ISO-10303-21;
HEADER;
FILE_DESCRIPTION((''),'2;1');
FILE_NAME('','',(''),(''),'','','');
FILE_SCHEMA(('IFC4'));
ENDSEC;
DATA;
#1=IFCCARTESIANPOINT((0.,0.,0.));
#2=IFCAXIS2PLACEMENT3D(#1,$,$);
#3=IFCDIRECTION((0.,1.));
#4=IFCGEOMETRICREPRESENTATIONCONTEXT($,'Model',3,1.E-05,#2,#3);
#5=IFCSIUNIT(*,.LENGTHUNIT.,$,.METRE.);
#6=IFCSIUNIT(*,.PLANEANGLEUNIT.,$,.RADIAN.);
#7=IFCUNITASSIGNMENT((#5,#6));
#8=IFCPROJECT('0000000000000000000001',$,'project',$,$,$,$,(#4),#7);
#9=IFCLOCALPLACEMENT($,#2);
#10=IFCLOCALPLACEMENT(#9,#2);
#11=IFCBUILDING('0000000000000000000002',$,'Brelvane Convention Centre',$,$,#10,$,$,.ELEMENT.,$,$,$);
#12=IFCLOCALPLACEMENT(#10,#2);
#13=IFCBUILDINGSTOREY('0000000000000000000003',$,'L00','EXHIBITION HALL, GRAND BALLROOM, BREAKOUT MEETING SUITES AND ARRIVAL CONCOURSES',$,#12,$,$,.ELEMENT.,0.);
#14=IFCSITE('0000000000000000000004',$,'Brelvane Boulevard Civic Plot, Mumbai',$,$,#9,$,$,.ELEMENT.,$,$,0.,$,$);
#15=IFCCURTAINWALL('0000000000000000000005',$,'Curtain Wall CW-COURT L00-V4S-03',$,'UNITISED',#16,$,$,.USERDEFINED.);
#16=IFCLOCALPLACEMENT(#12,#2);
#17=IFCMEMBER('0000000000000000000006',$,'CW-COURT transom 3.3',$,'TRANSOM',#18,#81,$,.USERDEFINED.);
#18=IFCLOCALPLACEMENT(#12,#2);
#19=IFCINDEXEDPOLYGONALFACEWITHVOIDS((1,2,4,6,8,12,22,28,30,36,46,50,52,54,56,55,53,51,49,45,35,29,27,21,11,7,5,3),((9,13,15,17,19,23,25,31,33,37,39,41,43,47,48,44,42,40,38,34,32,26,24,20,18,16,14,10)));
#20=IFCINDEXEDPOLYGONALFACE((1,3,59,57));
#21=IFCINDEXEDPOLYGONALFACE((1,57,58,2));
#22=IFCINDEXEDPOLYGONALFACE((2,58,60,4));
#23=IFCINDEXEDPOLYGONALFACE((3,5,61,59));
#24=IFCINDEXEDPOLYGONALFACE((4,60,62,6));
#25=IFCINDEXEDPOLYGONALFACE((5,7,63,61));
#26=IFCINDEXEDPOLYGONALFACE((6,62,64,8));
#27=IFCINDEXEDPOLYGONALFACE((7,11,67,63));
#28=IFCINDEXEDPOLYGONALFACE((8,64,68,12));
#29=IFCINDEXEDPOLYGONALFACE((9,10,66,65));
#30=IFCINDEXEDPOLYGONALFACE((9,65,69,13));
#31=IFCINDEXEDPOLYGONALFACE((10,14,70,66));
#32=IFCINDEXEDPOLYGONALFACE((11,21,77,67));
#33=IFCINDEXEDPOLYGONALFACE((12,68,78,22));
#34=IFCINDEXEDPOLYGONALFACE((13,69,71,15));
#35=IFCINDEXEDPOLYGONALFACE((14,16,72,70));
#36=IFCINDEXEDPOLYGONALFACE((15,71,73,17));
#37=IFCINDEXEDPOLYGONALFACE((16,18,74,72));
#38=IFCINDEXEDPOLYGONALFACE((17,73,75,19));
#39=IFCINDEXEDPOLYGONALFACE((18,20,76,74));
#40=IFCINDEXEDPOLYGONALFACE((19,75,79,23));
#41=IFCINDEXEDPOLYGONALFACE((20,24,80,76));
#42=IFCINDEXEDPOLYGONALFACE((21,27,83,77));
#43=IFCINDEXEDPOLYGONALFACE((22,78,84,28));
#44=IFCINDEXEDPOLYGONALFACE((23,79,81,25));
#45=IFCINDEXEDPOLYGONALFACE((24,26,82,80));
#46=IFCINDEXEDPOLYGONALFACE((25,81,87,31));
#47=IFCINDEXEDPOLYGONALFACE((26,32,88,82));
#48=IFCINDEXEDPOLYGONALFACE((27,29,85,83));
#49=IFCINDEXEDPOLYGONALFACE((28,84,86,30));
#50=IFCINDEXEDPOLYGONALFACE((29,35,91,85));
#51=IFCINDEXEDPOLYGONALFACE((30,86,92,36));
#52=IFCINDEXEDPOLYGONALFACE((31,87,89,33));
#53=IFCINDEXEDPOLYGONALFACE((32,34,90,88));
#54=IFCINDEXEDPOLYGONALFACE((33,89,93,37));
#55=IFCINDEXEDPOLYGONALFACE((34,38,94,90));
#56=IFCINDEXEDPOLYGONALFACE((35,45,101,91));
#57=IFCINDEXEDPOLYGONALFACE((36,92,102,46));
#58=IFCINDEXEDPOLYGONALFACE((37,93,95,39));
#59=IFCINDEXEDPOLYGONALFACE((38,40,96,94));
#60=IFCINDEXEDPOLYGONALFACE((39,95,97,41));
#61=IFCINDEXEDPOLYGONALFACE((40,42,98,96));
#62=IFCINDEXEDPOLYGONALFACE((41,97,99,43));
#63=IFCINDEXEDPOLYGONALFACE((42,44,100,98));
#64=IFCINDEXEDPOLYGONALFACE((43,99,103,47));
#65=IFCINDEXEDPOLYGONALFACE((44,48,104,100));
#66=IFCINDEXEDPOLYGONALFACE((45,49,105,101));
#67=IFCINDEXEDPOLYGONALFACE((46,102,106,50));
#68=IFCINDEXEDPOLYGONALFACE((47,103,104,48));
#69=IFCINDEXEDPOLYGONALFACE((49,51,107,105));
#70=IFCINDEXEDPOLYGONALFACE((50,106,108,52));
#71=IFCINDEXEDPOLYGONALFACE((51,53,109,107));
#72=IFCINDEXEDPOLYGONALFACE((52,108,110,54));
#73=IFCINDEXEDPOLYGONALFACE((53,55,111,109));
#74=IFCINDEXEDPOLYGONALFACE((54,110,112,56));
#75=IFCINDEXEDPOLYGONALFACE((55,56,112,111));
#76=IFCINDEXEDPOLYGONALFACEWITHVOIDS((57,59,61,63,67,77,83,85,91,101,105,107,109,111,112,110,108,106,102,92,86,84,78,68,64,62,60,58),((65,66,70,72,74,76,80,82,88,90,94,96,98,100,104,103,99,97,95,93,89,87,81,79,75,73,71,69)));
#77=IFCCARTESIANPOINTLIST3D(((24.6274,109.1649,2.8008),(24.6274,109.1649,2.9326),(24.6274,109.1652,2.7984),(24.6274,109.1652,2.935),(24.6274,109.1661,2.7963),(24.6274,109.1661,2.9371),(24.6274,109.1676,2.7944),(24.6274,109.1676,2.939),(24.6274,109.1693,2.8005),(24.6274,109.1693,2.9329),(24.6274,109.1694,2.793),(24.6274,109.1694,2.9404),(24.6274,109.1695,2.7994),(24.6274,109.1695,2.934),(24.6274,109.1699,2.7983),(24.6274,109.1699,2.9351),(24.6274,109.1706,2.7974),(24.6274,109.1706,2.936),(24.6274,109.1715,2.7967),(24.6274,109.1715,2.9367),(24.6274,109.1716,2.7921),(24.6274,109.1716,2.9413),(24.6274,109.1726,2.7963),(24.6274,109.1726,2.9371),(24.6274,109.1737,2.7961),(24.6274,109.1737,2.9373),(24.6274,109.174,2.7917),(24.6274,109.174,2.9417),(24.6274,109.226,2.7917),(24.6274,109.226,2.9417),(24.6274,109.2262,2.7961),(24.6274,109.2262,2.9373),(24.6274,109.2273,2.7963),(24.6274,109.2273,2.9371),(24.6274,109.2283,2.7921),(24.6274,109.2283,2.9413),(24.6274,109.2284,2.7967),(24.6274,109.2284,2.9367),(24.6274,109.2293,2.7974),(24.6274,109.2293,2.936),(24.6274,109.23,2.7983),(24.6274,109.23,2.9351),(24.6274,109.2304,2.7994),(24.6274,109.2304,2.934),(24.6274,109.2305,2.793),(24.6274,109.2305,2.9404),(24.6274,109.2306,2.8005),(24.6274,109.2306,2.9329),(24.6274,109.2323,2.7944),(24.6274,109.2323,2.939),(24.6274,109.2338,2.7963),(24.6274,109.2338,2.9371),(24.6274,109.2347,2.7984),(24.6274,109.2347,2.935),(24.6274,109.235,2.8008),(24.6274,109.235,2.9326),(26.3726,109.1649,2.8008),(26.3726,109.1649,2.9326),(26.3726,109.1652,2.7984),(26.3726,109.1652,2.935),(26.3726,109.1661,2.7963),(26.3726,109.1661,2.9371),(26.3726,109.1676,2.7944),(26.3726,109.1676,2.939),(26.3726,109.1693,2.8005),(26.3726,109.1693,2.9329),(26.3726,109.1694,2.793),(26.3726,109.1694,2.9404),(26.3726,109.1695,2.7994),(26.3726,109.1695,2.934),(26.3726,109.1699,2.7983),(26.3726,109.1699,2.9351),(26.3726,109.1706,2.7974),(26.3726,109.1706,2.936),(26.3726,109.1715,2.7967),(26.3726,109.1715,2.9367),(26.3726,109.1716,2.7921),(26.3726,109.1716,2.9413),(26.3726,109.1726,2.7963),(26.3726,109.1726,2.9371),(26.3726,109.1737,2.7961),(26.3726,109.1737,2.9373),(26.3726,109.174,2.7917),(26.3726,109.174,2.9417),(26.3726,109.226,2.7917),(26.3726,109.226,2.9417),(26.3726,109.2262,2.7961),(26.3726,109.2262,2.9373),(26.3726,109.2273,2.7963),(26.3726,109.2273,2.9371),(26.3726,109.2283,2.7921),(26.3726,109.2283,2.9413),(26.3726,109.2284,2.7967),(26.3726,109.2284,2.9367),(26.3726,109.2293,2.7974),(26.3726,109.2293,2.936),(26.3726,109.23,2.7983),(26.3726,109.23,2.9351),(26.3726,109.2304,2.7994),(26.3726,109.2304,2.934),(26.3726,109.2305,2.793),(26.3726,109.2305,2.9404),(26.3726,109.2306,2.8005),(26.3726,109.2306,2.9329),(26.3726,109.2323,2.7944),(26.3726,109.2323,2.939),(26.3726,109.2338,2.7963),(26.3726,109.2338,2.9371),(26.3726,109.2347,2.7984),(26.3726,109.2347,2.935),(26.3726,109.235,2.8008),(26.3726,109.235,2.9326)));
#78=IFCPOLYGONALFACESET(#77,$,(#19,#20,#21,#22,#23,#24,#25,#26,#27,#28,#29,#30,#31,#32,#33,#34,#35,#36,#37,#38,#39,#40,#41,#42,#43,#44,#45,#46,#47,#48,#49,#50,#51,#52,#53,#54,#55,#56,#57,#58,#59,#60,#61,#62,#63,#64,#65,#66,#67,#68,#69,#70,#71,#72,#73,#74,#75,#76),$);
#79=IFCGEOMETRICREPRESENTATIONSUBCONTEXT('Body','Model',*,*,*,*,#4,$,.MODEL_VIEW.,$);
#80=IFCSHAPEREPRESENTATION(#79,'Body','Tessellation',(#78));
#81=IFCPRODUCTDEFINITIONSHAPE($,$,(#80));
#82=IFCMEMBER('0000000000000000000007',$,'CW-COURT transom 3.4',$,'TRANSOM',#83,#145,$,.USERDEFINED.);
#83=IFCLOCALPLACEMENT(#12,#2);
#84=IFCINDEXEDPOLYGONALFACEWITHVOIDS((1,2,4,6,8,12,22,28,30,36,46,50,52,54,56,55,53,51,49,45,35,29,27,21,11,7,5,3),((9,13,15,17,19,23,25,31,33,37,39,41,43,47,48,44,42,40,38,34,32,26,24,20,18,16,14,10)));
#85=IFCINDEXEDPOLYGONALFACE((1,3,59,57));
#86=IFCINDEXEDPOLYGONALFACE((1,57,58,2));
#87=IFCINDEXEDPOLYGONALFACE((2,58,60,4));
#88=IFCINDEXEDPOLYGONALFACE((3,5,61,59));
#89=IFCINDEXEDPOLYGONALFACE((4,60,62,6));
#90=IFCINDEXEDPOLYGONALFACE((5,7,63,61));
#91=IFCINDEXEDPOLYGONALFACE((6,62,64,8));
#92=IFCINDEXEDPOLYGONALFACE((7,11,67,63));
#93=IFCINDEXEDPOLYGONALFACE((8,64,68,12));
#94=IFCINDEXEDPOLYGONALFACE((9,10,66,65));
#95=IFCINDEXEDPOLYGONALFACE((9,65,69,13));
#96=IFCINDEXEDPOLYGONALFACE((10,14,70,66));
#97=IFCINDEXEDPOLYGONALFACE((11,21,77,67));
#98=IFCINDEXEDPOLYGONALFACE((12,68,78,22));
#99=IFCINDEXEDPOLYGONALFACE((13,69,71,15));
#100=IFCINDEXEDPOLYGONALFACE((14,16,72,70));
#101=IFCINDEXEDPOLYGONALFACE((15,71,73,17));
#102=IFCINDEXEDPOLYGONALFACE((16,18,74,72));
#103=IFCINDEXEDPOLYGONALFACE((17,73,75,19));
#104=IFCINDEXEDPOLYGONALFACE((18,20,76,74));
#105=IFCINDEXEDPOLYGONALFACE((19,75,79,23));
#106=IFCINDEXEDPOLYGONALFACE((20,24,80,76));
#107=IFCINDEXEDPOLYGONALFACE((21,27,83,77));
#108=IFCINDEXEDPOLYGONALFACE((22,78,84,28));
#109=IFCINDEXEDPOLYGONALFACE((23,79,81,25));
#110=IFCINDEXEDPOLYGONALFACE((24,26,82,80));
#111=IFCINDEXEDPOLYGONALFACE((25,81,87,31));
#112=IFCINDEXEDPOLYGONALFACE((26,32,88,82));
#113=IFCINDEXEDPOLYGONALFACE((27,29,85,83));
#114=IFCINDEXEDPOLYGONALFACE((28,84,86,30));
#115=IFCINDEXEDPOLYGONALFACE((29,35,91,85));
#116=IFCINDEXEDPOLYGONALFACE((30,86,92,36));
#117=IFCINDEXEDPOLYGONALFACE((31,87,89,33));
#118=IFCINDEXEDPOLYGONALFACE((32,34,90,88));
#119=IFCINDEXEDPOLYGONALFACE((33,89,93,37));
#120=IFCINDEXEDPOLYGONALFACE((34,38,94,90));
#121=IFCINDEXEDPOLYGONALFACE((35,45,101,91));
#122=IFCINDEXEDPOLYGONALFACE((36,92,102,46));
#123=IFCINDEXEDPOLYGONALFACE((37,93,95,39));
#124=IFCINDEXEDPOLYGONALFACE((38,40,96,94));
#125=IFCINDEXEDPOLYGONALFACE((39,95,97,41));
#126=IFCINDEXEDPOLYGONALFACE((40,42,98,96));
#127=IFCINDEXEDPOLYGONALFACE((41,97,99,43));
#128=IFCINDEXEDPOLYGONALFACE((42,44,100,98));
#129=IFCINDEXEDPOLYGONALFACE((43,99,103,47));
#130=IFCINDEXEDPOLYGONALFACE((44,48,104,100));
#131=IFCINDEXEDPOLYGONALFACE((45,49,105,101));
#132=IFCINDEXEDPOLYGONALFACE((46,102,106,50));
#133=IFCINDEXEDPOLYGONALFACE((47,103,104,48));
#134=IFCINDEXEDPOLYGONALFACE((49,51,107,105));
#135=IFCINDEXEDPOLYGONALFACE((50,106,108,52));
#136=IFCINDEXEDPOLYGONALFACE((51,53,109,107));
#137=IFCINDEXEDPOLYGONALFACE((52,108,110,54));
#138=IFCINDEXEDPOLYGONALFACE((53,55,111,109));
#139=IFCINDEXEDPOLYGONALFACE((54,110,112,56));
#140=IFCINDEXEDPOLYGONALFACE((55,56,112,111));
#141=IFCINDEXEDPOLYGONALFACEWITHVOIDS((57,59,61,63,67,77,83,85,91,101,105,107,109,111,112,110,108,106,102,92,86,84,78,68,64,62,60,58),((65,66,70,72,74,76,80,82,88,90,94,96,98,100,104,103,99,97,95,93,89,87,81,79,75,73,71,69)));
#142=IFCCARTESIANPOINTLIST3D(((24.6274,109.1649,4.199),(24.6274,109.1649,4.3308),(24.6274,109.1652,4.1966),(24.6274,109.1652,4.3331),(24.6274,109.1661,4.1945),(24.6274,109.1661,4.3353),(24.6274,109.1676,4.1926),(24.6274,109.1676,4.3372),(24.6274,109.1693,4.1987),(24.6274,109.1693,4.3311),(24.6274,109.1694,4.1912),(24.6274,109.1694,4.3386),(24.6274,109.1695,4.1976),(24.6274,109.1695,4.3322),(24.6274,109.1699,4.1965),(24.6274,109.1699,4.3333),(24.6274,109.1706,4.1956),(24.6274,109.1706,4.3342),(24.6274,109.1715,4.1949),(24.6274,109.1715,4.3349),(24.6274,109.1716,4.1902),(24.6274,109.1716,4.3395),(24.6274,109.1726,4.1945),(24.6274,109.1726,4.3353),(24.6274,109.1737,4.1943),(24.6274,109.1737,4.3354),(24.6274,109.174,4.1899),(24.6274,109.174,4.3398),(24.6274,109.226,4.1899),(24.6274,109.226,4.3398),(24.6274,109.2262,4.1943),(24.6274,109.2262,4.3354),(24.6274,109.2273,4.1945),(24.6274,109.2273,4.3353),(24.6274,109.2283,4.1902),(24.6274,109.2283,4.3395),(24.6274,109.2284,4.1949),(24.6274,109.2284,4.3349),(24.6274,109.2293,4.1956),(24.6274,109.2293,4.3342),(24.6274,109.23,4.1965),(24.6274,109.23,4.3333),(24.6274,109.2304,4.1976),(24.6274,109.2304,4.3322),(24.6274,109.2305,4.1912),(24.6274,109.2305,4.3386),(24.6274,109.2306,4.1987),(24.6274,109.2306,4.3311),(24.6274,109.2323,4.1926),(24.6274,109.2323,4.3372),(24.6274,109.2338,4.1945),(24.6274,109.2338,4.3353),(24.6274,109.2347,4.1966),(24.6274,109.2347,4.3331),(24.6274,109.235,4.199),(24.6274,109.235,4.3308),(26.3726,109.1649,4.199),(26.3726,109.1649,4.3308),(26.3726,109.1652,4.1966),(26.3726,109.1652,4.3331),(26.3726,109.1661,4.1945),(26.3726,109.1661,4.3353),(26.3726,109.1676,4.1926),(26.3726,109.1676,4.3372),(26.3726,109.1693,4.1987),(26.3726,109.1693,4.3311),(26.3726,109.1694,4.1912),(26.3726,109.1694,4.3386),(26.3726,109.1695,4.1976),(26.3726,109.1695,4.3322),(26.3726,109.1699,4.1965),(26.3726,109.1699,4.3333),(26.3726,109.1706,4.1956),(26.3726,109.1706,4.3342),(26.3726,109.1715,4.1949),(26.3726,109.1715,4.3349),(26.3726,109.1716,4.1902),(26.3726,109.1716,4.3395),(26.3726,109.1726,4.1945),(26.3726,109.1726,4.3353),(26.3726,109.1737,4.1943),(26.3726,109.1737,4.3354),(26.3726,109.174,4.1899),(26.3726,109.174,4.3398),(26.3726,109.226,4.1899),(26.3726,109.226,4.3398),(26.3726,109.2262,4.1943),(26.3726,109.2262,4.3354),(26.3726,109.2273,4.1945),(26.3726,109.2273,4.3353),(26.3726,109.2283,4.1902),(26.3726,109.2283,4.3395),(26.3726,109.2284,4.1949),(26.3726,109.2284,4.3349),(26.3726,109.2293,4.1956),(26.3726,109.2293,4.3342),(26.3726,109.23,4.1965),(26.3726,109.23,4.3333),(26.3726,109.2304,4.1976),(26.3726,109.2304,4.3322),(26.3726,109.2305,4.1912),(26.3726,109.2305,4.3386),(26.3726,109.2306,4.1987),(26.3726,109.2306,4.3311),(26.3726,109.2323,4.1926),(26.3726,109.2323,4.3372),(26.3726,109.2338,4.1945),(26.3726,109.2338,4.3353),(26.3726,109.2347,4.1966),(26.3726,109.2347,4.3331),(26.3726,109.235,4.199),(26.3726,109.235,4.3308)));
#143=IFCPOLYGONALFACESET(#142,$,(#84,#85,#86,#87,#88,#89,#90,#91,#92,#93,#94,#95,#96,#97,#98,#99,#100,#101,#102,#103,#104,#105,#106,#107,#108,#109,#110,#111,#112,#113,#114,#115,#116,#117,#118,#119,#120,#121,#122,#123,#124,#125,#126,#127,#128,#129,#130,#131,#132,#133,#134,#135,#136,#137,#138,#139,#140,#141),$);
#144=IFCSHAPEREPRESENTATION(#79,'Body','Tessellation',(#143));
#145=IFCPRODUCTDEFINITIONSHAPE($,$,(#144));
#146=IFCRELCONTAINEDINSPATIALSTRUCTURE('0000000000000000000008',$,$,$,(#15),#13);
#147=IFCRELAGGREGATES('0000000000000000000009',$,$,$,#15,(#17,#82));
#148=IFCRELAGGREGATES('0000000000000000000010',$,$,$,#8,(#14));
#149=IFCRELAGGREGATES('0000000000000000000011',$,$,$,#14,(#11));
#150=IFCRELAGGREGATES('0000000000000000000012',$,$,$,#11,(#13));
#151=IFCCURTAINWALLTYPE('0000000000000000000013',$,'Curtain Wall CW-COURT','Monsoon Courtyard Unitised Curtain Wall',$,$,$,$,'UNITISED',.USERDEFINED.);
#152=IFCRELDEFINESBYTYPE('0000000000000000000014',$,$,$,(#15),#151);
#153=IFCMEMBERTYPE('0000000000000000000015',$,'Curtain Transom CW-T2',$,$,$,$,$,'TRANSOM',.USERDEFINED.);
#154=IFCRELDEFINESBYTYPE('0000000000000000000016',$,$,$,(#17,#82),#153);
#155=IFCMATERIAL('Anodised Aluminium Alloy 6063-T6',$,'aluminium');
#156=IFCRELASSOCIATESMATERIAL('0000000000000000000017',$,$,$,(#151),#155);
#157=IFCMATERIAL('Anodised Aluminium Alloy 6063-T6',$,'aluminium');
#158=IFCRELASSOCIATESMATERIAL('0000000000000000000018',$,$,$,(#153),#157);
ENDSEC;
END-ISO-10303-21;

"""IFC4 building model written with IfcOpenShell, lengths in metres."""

from ifc_helpers import new_model, si_unit, direction, frame, origin, origin_2d, place, context, subcontext, project, spatial, hollow_rectangle, extrude, material, material_profile, profile_set, type_object, element, aggregate, save


model = new_model("IFC4")

# Units and contexts
model_context = context("Model", 3, precision=1e-05, world=origin(), true_north=direction((0.0, 1.0)))
body_context = subcontext(model_context, "Body", "Model", "MODEL_VIEW")
ifc_project = project(units=[si_unit("LENGTHUNIT", "METRE"), si_unit("PLANEANGLEUNIT", "RADIAN")], contexts=[model_context])

# Site, building, storey
site_placement = place(None, origin())
site = spatial("IfcSite", under=ifc_project, at=site_placement, Name="Brelvane Boulevard Civic Plot, Mumbai", CompositionType="ELEMENT", RefElevation=0.0)
building_placement = place(site_placement, origin())
building = spatial("IfcBuilding", under=site, at=building_placement, Name="Brelvane Convention Centre", CompositionType="ELEMENT")
storey_placement = place(building_placement, origin())
storey = spatial("IfcBuildingStorey", under=building, at=storey_placement, Name="L00", Description="EXHIBITION HALL, GRAND BALLROOM, BREAKOUT MEETING SUITES AND ARRIVAL CONCOURSES", CompositionType="ELEMENT", Elevation=0.0)

# Curtain wall, members
ifc_material_1 = material(Name="Anodised Aluminium Alloy 6063-T6", Category="aluminium")
curtain_wall_type = type_object("IfcCurtainWallType", Name="Curtain Wall CW-COURT", Description="Monsoon Courtyard Unitised Curtain Wall", ElementType="UNITISED", PredefinedType="USERDEFINED", material=ifc_material_1)
curtain_wall_placement = place(storey_placement, origin())
curtain_wall = element("IfcCurtainWall", 1, at=curtain_wall_placement, inside=storey, type_object=curtain_wall_type, Name="Curtain Wall CW-COURT L00-V4S-03", ObjectType="UNITISED", PredefinedType="USERDEFINED")
ifc_material_2 = material(Name="Anodised Aluminium Alloy 6063-T6", Category="aluminium")
ifc_material_profile_1 = material_profile(ifc_material_2, hollow_rectangle(XDim=0.0701, YDim=0.1499, WallThickness=0.0044, InnerFilletRadius=0.0044, OuterFilletRadius=0.009, at=origin_2d()), Name="ALU-T 150x70x4.5")
ifc_profile_set_1 = profile_set([ifc_material_profile_1], Name="Anodised Aluminium Alloy 6063-T6")
member_type_1 = type_object("IfcMemberType", Name="Curtain Transom CW-T2", ElementType="TRANSOM", PredefinedType="USERDEFINED", material=ifc_profile_set_1)
member_1_placement = place(storey_placement, frame((24.6274, 109.2, 2.8667), z_axis=(1.0, 0.0, 0.0), x_axis=(0.0, 1.0, 0.0)))
member_1 = element("IfcMember", 2, at=member_1_placement, type_object=member_type_1, Name="CW-COURT transom 3.3", ObjectType="TRANSOM", PredefinedType="USERDEFINED", context=body_context, shape_type="SweptSolid", body=[
    extrude(hollow_rectangle(XDim=0.0701, YDim=0.1499, WallThickness=0.0044, InnerFilletRadius=0.0044, OuterFilletRadius=0.009, at=origin_2d()), origin(), (0.0, 0.0, 1.0), 1.7451),
])
member_2_placement = place(storey_placement, frame((24.6274, 109.2, 4.2649), z_axis=(1.0, 0.0, 0.0), x_axis=(0.0, 1.0, 0.0)))
member_2 = element("IfcMember", 3, at=member_2_placement, type_object=member_type_1, Name="CW-COURT transom 3.4", ObjectType="TRANSOM", PredefinedType="USERDEFINED", context=body_context, shape_type="SweptSolid", body=[
    extrude(hollow_rectangle(XDim=0.0701, YDim=0.1499, WallThickness=0.0044, InnerFilletRadius=0.0044, OuterFilletRadius=0.009, at=origin_2d()), origin(), (0.0, 0.0, 1.0), 1.7451),
])

aggregate(curtain_wall, [member_1, member_2])

save(model, "model.ifc")
